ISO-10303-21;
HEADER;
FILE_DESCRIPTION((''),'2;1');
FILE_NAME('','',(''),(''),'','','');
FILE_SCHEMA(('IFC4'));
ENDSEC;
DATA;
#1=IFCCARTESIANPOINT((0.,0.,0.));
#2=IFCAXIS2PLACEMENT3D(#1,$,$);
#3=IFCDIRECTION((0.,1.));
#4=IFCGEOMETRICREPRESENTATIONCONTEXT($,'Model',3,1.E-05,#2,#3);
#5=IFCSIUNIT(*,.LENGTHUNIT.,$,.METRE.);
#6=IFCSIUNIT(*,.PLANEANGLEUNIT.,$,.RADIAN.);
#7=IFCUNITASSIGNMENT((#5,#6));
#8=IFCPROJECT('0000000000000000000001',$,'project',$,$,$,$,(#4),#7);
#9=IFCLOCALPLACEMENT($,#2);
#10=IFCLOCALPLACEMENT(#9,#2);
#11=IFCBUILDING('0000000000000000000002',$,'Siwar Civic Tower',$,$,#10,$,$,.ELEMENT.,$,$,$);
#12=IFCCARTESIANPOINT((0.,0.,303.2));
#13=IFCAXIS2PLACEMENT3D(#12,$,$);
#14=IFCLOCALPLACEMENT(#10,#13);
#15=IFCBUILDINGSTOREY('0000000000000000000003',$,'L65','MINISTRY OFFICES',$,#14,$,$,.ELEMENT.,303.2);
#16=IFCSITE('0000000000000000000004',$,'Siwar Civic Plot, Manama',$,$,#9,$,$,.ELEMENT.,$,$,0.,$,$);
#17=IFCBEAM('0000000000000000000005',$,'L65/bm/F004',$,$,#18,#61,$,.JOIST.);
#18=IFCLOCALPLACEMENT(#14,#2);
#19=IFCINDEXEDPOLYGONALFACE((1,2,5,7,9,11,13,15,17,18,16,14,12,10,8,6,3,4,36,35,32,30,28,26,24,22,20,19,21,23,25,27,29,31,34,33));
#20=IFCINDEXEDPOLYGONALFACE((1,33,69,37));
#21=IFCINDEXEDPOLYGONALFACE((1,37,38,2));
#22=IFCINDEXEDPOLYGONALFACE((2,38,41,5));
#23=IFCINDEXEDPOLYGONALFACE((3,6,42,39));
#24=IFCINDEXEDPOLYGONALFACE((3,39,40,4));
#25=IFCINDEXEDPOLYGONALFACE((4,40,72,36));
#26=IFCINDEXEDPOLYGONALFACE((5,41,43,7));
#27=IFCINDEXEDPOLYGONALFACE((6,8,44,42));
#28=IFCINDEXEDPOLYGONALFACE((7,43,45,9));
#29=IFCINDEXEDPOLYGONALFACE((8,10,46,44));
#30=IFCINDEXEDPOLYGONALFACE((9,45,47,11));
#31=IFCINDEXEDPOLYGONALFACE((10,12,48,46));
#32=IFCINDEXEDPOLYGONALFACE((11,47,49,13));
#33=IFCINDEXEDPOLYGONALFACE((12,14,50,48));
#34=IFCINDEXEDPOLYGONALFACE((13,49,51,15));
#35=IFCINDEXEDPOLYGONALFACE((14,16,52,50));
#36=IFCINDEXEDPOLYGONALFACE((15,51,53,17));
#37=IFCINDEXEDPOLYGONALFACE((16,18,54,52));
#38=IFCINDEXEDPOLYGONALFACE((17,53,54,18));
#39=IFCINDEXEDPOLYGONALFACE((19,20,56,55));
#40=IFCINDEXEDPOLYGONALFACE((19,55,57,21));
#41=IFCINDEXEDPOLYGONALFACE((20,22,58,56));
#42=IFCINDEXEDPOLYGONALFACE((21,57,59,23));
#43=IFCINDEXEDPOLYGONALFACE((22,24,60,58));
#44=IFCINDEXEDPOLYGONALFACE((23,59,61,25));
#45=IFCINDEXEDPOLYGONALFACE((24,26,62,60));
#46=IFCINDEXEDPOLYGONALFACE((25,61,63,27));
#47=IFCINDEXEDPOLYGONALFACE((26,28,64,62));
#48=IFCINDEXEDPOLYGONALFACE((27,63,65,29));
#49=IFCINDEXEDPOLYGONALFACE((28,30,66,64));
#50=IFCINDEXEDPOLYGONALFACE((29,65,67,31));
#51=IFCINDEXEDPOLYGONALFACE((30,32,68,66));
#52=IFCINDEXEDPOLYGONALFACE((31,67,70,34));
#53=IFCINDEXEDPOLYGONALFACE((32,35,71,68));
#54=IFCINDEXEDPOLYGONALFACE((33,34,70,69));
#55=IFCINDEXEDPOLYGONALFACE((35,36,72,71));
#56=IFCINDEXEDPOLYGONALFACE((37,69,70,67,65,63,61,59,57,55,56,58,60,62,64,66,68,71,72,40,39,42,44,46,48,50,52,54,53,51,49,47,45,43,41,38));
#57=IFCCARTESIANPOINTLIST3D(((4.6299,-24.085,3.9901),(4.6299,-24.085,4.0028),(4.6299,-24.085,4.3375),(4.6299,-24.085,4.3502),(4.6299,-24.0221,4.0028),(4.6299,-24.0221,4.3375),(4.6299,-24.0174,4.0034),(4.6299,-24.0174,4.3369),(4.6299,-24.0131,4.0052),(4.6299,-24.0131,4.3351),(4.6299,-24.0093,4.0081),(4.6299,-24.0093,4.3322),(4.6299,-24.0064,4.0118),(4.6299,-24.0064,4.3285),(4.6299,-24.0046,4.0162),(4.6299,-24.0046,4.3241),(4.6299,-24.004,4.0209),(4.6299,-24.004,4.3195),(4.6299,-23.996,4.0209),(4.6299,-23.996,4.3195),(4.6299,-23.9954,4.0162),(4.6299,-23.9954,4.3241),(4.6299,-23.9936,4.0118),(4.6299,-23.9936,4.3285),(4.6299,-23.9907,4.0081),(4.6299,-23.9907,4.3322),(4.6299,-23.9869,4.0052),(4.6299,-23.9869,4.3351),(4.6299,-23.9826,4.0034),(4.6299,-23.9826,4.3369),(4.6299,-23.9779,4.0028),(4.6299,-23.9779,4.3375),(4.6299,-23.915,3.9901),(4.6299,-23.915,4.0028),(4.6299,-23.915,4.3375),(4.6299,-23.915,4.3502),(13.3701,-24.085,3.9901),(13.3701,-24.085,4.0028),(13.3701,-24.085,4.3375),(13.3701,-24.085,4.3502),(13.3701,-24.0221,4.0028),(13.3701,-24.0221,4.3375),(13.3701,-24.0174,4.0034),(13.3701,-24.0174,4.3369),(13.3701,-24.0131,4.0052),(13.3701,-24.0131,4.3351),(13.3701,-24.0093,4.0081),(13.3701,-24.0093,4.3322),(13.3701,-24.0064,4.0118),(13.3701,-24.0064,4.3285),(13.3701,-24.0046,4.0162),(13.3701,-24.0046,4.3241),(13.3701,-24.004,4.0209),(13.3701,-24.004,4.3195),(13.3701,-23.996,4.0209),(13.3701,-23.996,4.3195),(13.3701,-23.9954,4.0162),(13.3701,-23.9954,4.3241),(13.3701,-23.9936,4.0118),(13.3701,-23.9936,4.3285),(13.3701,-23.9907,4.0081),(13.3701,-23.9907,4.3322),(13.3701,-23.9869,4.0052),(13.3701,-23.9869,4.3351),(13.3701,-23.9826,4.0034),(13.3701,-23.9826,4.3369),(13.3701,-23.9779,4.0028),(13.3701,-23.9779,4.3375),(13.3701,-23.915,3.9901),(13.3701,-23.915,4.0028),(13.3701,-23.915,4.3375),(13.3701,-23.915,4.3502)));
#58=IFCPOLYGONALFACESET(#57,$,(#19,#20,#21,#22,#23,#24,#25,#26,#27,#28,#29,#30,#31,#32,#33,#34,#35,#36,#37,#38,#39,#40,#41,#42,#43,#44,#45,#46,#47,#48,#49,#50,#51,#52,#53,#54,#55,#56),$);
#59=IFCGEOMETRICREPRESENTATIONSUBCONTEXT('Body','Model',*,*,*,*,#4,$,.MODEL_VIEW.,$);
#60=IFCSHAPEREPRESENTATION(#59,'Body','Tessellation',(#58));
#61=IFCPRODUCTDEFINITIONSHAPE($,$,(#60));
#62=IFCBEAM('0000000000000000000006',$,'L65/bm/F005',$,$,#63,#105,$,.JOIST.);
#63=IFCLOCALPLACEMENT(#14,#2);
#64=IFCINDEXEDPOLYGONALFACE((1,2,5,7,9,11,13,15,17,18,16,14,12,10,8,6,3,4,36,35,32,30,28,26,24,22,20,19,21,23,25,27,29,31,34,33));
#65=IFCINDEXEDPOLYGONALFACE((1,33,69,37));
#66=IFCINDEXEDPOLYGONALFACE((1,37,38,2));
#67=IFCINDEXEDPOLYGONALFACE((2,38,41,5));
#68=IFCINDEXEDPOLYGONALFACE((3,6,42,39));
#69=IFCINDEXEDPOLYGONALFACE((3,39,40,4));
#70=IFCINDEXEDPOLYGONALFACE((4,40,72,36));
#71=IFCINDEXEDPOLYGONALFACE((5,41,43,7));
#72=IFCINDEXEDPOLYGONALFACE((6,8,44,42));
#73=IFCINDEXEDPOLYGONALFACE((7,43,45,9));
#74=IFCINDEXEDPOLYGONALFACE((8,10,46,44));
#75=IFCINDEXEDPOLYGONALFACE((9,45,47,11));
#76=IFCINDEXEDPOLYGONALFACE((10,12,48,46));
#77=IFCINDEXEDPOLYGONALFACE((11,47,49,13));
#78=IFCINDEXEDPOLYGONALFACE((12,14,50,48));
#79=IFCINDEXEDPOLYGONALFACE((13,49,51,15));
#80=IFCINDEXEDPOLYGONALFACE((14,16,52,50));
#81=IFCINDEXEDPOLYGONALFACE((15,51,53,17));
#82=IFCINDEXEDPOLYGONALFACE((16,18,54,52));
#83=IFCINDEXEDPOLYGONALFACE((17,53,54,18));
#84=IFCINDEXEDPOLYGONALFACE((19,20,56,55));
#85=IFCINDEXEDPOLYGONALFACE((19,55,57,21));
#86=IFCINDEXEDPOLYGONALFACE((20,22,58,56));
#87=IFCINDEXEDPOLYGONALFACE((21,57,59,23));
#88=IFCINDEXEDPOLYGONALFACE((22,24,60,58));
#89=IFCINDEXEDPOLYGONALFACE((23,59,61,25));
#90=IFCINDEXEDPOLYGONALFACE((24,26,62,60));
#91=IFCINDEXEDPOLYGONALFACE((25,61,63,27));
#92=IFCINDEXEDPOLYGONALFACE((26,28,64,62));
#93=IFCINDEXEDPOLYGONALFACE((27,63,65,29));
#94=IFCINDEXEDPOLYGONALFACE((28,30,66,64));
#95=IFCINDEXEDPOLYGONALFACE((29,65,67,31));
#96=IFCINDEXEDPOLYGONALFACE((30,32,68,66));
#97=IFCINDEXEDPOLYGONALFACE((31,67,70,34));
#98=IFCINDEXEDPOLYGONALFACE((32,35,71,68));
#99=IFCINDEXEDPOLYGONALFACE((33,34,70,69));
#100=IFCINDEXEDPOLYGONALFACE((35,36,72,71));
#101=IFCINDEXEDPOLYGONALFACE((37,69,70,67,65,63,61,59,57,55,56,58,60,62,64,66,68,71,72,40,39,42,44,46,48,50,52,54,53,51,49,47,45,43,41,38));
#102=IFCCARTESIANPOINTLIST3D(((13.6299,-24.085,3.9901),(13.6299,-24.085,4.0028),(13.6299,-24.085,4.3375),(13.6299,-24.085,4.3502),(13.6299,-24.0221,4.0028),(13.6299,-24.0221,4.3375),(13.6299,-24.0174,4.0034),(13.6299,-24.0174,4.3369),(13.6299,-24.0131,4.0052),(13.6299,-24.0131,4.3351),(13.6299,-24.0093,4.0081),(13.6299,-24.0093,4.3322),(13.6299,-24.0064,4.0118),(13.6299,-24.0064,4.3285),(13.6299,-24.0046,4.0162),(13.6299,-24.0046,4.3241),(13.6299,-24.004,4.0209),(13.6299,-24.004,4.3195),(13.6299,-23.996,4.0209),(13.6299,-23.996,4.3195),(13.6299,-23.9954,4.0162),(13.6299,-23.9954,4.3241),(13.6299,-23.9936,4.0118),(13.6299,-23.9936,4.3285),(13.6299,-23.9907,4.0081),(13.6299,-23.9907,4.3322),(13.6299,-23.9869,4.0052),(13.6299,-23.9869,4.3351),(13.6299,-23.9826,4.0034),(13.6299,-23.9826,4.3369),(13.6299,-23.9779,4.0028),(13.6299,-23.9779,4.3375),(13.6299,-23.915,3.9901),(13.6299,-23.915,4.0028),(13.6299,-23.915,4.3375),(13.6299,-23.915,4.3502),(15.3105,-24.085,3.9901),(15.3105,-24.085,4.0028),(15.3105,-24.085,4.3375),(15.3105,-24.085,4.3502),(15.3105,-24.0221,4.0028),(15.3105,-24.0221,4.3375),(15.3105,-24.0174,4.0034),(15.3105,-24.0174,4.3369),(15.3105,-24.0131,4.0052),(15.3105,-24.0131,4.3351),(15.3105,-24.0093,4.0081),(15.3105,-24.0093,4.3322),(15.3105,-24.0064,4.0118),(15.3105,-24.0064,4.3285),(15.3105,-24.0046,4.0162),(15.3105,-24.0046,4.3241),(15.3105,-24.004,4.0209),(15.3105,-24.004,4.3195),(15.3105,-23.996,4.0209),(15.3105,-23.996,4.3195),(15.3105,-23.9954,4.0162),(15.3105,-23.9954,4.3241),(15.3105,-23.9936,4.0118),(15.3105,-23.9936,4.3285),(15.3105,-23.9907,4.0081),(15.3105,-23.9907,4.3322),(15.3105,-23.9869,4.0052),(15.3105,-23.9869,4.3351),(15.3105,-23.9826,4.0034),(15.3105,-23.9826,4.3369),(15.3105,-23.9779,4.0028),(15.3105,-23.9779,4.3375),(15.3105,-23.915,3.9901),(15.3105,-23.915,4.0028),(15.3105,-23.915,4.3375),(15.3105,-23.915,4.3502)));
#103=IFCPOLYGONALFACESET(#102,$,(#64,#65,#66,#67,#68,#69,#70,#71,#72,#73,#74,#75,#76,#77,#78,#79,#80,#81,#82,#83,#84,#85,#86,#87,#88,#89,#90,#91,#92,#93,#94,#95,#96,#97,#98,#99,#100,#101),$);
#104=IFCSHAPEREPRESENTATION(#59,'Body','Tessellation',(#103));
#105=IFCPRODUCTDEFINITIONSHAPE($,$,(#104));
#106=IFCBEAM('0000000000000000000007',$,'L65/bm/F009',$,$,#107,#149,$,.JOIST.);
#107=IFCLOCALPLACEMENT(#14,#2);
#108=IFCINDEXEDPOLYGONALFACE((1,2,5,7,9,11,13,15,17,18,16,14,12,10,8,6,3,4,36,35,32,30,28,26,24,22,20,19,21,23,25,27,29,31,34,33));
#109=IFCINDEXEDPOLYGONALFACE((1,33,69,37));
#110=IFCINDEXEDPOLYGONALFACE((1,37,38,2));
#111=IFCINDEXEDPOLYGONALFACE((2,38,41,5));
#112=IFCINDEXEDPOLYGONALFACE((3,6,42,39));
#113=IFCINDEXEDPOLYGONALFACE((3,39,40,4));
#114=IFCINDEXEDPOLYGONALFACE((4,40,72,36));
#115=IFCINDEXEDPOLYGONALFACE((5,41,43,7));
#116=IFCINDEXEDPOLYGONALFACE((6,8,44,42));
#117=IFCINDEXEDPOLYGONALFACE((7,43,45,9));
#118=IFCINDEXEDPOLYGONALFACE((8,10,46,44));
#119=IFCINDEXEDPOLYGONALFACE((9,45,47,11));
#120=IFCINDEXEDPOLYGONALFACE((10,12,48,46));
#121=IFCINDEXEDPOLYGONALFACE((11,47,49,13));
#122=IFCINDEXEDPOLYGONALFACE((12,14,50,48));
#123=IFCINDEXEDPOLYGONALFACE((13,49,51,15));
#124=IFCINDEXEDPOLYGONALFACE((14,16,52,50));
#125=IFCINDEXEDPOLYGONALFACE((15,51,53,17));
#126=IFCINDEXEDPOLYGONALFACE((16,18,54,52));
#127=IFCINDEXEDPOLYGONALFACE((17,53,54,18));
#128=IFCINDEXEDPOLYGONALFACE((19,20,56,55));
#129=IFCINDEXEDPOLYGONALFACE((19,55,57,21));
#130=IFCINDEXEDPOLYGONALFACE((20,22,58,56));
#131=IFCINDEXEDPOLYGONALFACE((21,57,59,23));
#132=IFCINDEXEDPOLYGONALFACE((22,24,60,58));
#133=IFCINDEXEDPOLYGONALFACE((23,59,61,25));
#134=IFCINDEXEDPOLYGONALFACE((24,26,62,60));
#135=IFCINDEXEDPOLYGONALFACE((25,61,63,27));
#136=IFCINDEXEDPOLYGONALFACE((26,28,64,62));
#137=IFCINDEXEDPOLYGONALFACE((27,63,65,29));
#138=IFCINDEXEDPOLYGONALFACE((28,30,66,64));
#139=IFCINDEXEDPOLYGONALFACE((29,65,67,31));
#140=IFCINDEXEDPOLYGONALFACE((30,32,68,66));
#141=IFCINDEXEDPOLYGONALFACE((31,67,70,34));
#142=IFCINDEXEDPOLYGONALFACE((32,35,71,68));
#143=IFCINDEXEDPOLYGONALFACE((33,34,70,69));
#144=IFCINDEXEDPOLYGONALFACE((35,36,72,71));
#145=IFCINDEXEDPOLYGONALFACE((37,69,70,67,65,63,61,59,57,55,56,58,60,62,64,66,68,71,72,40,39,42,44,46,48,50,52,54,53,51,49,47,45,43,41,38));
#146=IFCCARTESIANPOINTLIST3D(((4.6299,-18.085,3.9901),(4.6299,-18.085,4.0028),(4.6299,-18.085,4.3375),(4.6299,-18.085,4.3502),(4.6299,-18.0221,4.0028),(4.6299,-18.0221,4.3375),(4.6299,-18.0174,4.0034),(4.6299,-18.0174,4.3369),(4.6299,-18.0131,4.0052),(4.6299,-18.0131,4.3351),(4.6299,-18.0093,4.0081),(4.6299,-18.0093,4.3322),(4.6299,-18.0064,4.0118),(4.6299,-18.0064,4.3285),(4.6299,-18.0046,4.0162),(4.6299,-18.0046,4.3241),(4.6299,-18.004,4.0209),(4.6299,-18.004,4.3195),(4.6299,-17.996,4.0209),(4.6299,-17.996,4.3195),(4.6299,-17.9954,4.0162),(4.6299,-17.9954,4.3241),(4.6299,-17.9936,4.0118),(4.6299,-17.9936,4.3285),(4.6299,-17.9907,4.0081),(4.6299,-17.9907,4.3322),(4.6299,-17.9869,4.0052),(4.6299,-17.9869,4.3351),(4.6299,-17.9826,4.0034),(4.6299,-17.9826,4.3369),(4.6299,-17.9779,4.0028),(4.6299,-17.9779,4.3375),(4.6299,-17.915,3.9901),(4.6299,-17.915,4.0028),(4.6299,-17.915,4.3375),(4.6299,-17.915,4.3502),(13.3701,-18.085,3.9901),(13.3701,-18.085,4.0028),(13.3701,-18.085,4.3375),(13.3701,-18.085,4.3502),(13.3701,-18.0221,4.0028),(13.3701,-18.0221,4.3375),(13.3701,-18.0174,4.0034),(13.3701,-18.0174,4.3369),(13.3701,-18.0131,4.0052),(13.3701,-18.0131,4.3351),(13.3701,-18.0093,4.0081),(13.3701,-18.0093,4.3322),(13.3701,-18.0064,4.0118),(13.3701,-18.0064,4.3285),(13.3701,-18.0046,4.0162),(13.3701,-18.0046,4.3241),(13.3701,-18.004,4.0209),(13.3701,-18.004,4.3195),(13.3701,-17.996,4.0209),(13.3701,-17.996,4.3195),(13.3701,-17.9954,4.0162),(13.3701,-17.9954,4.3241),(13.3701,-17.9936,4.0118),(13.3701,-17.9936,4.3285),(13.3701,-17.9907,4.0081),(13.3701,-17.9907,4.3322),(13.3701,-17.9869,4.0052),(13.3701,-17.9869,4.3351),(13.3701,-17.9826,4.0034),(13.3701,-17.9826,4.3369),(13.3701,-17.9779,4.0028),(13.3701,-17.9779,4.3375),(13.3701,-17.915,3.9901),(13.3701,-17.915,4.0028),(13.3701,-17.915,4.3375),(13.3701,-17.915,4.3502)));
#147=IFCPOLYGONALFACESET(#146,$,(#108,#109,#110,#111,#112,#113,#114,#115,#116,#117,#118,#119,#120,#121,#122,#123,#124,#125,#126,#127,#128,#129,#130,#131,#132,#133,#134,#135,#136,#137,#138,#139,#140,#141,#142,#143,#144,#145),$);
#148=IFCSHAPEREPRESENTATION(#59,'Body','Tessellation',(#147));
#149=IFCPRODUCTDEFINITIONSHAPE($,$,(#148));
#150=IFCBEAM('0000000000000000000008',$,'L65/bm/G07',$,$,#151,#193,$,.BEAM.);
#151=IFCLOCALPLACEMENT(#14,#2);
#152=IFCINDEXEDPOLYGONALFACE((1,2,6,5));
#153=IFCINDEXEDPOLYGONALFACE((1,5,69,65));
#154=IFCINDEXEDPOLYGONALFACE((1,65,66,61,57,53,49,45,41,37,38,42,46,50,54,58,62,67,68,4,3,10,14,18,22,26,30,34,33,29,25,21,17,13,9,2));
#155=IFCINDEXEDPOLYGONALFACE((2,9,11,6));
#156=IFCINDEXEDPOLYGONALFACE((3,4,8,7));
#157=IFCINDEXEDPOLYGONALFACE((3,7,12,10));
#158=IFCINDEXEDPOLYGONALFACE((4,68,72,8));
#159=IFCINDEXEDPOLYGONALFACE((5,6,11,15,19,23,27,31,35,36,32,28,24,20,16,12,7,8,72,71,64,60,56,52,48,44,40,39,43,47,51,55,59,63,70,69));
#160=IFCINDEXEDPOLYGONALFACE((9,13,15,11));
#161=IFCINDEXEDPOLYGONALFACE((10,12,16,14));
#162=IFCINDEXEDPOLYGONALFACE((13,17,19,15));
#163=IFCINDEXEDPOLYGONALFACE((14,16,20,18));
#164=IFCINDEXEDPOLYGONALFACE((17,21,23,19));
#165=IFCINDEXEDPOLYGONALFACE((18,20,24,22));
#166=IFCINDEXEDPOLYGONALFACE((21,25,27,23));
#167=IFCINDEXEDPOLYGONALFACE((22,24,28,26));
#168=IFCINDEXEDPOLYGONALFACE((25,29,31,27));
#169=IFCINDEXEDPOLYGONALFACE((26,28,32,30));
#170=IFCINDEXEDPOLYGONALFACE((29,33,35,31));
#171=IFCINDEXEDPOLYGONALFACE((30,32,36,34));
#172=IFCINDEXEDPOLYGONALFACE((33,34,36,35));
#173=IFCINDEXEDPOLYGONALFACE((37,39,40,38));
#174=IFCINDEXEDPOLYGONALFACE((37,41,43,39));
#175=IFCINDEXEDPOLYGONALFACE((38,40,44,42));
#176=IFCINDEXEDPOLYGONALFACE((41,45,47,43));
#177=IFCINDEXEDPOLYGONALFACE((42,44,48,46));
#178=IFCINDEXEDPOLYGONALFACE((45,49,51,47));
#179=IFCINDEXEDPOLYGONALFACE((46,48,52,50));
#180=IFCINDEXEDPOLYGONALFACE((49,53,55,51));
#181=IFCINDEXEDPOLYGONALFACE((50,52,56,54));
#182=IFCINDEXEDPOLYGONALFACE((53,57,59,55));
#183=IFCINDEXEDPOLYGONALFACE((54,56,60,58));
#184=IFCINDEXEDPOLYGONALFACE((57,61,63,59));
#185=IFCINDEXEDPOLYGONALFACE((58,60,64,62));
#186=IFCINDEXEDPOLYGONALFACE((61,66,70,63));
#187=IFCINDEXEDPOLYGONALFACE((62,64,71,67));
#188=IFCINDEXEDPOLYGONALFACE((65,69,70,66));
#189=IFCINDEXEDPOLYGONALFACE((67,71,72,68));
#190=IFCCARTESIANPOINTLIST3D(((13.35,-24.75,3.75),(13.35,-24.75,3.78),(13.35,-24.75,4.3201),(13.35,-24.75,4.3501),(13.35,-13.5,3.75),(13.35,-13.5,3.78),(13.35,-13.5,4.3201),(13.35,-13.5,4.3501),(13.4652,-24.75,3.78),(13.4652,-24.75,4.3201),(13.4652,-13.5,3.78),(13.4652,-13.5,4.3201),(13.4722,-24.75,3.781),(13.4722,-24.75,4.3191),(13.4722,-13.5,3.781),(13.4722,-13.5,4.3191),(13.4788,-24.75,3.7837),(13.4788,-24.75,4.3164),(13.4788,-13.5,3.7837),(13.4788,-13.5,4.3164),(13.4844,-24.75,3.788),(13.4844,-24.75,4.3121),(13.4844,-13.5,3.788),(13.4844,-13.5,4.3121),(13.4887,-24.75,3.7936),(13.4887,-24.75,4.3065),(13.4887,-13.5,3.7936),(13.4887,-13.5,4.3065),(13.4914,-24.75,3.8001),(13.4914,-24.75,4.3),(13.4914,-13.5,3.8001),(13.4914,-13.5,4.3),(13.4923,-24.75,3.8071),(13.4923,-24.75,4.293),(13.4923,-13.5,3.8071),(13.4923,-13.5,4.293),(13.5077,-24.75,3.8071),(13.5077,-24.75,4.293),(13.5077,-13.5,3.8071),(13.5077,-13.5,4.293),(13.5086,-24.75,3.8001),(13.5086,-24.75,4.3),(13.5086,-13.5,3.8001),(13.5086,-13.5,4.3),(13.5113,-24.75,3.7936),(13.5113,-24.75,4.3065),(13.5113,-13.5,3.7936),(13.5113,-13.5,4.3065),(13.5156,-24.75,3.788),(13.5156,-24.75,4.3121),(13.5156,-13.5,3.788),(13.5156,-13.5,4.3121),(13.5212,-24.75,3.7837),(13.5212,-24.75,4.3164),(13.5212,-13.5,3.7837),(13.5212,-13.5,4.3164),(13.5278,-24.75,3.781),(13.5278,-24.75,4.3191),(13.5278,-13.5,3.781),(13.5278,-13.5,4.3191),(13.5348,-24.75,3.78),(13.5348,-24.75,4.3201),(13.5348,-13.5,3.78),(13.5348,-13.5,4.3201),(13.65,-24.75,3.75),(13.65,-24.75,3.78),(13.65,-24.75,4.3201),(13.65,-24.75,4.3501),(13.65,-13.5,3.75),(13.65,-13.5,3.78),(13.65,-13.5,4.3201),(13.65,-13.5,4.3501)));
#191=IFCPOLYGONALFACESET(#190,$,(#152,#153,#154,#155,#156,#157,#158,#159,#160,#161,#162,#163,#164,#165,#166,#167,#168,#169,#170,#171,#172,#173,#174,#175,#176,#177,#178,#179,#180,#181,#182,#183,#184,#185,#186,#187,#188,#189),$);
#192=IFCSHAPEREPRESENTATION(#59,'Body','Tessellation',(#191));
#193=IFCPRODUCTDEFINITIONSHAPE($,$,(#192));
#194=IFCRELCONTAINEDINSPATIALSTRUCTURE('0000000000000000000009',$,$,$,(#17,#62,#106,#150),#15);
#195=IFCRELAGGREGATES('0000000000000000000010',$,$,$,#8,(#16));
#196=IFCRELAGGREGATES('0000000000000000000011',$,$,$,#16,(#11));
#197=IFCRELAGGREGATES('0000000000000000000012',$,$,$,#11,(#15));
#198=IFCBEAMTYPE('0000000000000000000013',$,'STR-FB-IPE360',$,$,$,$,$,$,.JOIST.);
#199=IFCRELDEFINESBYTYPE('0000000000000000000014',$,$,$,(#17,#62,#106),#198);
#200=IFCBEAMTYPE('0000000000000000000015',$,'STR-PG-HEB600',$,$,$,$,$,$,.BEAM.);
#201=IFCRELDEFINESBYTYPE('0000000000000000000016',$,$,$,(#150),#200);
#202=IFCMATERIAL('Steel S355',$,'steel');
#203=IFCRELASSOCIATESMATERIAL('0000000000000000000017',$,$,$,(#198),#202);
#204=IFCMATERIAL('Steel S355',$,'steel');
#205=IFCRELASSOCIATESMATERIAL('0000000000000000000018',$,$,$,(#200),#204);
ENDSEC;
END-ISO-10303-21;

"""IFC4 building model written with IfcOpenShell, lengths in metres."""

from ifc_helpers import new_model, si_unit, direction, frame, origin, origin_2d, place, context, subcontext, project, spatial, i_section, extrude, material, material_profile, profile_set, type_object, element, save


model = new_model("IFC4")

# Units and contexts
model_context = context("Model", 3, precision=1e-05, world=origin(), true_north=direction((0.0, 1.0)))
body_context = subcontext(model_context, "Body", "Model", "MODEL_VIEW")
ifc_project = project(units=[si_unit("LENGTHUNIT", "METRE"), si_unit("PLANEANGLEUNIT", "RADIAN")], contexts=[model_context])

# Site, building, storey
site_placement = place(None, origin())
site = spatial("IfcSite", under=ifc_project, at=site_placement, Name="Siwar Civic Plot, Manama", CompositionType="ELEMENT", RefElevation=0.0)
building_placement = place(site_placement, origin())
building = spatial("IfcBuilding", under=site, at=building_placement, Name="Siwar Civic Tower", CompositionType="ELEMENT")
storey_placement = place(building_placement, frame((0.0, 0.0, 303.2)))
storey = spatial("IfcBuildingStorey", under=building, at=storey_placement, Name="L65", Description="MINISTRY OFFICES", CompositionType="ELEMENT", Elevation=303.2)

# Beams
ifc_material_1 = material(Name="Steel S355", Category="steel")
ifc_material_profile_1 = material_profile(ifc_material_1, i_section(OverallWidth=0.1699, OverallDepth=0.3601, WebThickness=0.0081, FlangeThickness=0.0127, FilletRadius=0.0181, at=origin_2d()), Name="IPE360")
ifc_profile_set_1 = profile_set([ifc_material_profile_1], Name="Steel S355")
beam_type_1 = type_object("IfcBeamType", Name="STR-FB-IPE360", PredefinedType="JOIST", material=ifc_profile_set_1)
beam_1_placement = place(storey_placement, frame((4.6299, -24.0, 4.1702), z_axis=(1.0, 0.0, 0.0), x_axis=(0.0, 1.0, 0.0)))
element("IfcBeam", 1, at=beam_1_placement, inside=storey, type_object=beam_type_1, Name="L65/bm/F004", PredefinedType="JOIST", context=body_context, shape_type="SweptSolid", body=[
    extrude(i_section(OverallWidth=0.1699, OverallDepth=0.3601, WebThickness=0.0081, FlangeThickness=0.0127, FilletRadius=0.0181, at=origin_2d()), origin(), (0.0, 0.0, 1.0), 8.7402),
])
beam_2_placement = place(storey_placement, frame((13.6299, -24.0, 4.1702), z_axis=(1.0, 0.0, 0.0), x_axis=(0.0, 1.0, 0.0)))
element("IfcBeam", 2, at=beam_2_placement, inside=storey, type_object=beam_type_1, Name="L65/bm/F005", PredefinedType="JOIST", context=body_context, shape_type="SweptSolid", body=[
    extrude(i_section(OverallWidth=0.1699, OverallDepth=0.3601, WebThickness=0.0081, FlangeThickness=0.0127, FilletRadius=0.0181, at=origin_2d()), origin(), (0.0, 0.0, 1.0), 1.6807),
])
beam_3_placement = place(storey_placement, frame((4.6299, -18.0, 4.1702), z_axis=(1.0, 0.0, 0.0), x_axis=(0.0, 1.0, 0.0)))
element("IfcBeam", 3, at=beam_3_placement, inside=storey, type_object=beam_type_1, Name="L65/bm/F009", PredefinedType="JOIST", context=body_context, shape_type="SweptSolid", body=[
    extrude(i_section(OverallWidth=0.1699, OverallDepth=0.3601, WebThickness=0.0081, FlangeThickness=0.0127, FilletRadius=0.0181, at=origin_2d()), origin(), (0.0, 0.0, 1.0), 8.7402),
])
ifc_material_2 = material(Name="Steel S355", Category="steel")
ifc_material_profile_2 = material_profile(ifc_material_2, i_section(OverallWidth=0.3, OverallDepth=0.6001, WebThickness=0.0154, FlangeThickness=0.03, FilletRadius=0.0271, at=origin_2d()), Name="HEB600")
ifc_profile_set_2 = profile_set([ifc_material_profile_2], Name="Steel S355")
beam_type_2 = type_object("IfcBeamType", Name="STR-PG-HEB600", PredefinedType="BEAM", material=ifc_profile_set_2)
beam_4_placement = place(storey_placement, frame((13.5, -24.75, 4.05), z_axis=(0.0, 1.0, 0.0), x_axis=(-1.0, 0.0, 0.0)))
element("IfcBeam", 4, at=beam_4_placement, inside=storey, type_object=beam_type_2, Name="L65/bm/G07", PredefinedType="BEAM", context=body_context, shape_type="SweptSolid", body=[
    extrude(i_section(OverallWidth=0.3, OverallDepth=0.6001, WebThickness=0.0154, FlangeThickness=0.03, FilletRadius=0.0271, at=origin_2d()), origin(), (0.0, 0.0, 1.0), 11.25),
])

save(model, "model.ifc")
